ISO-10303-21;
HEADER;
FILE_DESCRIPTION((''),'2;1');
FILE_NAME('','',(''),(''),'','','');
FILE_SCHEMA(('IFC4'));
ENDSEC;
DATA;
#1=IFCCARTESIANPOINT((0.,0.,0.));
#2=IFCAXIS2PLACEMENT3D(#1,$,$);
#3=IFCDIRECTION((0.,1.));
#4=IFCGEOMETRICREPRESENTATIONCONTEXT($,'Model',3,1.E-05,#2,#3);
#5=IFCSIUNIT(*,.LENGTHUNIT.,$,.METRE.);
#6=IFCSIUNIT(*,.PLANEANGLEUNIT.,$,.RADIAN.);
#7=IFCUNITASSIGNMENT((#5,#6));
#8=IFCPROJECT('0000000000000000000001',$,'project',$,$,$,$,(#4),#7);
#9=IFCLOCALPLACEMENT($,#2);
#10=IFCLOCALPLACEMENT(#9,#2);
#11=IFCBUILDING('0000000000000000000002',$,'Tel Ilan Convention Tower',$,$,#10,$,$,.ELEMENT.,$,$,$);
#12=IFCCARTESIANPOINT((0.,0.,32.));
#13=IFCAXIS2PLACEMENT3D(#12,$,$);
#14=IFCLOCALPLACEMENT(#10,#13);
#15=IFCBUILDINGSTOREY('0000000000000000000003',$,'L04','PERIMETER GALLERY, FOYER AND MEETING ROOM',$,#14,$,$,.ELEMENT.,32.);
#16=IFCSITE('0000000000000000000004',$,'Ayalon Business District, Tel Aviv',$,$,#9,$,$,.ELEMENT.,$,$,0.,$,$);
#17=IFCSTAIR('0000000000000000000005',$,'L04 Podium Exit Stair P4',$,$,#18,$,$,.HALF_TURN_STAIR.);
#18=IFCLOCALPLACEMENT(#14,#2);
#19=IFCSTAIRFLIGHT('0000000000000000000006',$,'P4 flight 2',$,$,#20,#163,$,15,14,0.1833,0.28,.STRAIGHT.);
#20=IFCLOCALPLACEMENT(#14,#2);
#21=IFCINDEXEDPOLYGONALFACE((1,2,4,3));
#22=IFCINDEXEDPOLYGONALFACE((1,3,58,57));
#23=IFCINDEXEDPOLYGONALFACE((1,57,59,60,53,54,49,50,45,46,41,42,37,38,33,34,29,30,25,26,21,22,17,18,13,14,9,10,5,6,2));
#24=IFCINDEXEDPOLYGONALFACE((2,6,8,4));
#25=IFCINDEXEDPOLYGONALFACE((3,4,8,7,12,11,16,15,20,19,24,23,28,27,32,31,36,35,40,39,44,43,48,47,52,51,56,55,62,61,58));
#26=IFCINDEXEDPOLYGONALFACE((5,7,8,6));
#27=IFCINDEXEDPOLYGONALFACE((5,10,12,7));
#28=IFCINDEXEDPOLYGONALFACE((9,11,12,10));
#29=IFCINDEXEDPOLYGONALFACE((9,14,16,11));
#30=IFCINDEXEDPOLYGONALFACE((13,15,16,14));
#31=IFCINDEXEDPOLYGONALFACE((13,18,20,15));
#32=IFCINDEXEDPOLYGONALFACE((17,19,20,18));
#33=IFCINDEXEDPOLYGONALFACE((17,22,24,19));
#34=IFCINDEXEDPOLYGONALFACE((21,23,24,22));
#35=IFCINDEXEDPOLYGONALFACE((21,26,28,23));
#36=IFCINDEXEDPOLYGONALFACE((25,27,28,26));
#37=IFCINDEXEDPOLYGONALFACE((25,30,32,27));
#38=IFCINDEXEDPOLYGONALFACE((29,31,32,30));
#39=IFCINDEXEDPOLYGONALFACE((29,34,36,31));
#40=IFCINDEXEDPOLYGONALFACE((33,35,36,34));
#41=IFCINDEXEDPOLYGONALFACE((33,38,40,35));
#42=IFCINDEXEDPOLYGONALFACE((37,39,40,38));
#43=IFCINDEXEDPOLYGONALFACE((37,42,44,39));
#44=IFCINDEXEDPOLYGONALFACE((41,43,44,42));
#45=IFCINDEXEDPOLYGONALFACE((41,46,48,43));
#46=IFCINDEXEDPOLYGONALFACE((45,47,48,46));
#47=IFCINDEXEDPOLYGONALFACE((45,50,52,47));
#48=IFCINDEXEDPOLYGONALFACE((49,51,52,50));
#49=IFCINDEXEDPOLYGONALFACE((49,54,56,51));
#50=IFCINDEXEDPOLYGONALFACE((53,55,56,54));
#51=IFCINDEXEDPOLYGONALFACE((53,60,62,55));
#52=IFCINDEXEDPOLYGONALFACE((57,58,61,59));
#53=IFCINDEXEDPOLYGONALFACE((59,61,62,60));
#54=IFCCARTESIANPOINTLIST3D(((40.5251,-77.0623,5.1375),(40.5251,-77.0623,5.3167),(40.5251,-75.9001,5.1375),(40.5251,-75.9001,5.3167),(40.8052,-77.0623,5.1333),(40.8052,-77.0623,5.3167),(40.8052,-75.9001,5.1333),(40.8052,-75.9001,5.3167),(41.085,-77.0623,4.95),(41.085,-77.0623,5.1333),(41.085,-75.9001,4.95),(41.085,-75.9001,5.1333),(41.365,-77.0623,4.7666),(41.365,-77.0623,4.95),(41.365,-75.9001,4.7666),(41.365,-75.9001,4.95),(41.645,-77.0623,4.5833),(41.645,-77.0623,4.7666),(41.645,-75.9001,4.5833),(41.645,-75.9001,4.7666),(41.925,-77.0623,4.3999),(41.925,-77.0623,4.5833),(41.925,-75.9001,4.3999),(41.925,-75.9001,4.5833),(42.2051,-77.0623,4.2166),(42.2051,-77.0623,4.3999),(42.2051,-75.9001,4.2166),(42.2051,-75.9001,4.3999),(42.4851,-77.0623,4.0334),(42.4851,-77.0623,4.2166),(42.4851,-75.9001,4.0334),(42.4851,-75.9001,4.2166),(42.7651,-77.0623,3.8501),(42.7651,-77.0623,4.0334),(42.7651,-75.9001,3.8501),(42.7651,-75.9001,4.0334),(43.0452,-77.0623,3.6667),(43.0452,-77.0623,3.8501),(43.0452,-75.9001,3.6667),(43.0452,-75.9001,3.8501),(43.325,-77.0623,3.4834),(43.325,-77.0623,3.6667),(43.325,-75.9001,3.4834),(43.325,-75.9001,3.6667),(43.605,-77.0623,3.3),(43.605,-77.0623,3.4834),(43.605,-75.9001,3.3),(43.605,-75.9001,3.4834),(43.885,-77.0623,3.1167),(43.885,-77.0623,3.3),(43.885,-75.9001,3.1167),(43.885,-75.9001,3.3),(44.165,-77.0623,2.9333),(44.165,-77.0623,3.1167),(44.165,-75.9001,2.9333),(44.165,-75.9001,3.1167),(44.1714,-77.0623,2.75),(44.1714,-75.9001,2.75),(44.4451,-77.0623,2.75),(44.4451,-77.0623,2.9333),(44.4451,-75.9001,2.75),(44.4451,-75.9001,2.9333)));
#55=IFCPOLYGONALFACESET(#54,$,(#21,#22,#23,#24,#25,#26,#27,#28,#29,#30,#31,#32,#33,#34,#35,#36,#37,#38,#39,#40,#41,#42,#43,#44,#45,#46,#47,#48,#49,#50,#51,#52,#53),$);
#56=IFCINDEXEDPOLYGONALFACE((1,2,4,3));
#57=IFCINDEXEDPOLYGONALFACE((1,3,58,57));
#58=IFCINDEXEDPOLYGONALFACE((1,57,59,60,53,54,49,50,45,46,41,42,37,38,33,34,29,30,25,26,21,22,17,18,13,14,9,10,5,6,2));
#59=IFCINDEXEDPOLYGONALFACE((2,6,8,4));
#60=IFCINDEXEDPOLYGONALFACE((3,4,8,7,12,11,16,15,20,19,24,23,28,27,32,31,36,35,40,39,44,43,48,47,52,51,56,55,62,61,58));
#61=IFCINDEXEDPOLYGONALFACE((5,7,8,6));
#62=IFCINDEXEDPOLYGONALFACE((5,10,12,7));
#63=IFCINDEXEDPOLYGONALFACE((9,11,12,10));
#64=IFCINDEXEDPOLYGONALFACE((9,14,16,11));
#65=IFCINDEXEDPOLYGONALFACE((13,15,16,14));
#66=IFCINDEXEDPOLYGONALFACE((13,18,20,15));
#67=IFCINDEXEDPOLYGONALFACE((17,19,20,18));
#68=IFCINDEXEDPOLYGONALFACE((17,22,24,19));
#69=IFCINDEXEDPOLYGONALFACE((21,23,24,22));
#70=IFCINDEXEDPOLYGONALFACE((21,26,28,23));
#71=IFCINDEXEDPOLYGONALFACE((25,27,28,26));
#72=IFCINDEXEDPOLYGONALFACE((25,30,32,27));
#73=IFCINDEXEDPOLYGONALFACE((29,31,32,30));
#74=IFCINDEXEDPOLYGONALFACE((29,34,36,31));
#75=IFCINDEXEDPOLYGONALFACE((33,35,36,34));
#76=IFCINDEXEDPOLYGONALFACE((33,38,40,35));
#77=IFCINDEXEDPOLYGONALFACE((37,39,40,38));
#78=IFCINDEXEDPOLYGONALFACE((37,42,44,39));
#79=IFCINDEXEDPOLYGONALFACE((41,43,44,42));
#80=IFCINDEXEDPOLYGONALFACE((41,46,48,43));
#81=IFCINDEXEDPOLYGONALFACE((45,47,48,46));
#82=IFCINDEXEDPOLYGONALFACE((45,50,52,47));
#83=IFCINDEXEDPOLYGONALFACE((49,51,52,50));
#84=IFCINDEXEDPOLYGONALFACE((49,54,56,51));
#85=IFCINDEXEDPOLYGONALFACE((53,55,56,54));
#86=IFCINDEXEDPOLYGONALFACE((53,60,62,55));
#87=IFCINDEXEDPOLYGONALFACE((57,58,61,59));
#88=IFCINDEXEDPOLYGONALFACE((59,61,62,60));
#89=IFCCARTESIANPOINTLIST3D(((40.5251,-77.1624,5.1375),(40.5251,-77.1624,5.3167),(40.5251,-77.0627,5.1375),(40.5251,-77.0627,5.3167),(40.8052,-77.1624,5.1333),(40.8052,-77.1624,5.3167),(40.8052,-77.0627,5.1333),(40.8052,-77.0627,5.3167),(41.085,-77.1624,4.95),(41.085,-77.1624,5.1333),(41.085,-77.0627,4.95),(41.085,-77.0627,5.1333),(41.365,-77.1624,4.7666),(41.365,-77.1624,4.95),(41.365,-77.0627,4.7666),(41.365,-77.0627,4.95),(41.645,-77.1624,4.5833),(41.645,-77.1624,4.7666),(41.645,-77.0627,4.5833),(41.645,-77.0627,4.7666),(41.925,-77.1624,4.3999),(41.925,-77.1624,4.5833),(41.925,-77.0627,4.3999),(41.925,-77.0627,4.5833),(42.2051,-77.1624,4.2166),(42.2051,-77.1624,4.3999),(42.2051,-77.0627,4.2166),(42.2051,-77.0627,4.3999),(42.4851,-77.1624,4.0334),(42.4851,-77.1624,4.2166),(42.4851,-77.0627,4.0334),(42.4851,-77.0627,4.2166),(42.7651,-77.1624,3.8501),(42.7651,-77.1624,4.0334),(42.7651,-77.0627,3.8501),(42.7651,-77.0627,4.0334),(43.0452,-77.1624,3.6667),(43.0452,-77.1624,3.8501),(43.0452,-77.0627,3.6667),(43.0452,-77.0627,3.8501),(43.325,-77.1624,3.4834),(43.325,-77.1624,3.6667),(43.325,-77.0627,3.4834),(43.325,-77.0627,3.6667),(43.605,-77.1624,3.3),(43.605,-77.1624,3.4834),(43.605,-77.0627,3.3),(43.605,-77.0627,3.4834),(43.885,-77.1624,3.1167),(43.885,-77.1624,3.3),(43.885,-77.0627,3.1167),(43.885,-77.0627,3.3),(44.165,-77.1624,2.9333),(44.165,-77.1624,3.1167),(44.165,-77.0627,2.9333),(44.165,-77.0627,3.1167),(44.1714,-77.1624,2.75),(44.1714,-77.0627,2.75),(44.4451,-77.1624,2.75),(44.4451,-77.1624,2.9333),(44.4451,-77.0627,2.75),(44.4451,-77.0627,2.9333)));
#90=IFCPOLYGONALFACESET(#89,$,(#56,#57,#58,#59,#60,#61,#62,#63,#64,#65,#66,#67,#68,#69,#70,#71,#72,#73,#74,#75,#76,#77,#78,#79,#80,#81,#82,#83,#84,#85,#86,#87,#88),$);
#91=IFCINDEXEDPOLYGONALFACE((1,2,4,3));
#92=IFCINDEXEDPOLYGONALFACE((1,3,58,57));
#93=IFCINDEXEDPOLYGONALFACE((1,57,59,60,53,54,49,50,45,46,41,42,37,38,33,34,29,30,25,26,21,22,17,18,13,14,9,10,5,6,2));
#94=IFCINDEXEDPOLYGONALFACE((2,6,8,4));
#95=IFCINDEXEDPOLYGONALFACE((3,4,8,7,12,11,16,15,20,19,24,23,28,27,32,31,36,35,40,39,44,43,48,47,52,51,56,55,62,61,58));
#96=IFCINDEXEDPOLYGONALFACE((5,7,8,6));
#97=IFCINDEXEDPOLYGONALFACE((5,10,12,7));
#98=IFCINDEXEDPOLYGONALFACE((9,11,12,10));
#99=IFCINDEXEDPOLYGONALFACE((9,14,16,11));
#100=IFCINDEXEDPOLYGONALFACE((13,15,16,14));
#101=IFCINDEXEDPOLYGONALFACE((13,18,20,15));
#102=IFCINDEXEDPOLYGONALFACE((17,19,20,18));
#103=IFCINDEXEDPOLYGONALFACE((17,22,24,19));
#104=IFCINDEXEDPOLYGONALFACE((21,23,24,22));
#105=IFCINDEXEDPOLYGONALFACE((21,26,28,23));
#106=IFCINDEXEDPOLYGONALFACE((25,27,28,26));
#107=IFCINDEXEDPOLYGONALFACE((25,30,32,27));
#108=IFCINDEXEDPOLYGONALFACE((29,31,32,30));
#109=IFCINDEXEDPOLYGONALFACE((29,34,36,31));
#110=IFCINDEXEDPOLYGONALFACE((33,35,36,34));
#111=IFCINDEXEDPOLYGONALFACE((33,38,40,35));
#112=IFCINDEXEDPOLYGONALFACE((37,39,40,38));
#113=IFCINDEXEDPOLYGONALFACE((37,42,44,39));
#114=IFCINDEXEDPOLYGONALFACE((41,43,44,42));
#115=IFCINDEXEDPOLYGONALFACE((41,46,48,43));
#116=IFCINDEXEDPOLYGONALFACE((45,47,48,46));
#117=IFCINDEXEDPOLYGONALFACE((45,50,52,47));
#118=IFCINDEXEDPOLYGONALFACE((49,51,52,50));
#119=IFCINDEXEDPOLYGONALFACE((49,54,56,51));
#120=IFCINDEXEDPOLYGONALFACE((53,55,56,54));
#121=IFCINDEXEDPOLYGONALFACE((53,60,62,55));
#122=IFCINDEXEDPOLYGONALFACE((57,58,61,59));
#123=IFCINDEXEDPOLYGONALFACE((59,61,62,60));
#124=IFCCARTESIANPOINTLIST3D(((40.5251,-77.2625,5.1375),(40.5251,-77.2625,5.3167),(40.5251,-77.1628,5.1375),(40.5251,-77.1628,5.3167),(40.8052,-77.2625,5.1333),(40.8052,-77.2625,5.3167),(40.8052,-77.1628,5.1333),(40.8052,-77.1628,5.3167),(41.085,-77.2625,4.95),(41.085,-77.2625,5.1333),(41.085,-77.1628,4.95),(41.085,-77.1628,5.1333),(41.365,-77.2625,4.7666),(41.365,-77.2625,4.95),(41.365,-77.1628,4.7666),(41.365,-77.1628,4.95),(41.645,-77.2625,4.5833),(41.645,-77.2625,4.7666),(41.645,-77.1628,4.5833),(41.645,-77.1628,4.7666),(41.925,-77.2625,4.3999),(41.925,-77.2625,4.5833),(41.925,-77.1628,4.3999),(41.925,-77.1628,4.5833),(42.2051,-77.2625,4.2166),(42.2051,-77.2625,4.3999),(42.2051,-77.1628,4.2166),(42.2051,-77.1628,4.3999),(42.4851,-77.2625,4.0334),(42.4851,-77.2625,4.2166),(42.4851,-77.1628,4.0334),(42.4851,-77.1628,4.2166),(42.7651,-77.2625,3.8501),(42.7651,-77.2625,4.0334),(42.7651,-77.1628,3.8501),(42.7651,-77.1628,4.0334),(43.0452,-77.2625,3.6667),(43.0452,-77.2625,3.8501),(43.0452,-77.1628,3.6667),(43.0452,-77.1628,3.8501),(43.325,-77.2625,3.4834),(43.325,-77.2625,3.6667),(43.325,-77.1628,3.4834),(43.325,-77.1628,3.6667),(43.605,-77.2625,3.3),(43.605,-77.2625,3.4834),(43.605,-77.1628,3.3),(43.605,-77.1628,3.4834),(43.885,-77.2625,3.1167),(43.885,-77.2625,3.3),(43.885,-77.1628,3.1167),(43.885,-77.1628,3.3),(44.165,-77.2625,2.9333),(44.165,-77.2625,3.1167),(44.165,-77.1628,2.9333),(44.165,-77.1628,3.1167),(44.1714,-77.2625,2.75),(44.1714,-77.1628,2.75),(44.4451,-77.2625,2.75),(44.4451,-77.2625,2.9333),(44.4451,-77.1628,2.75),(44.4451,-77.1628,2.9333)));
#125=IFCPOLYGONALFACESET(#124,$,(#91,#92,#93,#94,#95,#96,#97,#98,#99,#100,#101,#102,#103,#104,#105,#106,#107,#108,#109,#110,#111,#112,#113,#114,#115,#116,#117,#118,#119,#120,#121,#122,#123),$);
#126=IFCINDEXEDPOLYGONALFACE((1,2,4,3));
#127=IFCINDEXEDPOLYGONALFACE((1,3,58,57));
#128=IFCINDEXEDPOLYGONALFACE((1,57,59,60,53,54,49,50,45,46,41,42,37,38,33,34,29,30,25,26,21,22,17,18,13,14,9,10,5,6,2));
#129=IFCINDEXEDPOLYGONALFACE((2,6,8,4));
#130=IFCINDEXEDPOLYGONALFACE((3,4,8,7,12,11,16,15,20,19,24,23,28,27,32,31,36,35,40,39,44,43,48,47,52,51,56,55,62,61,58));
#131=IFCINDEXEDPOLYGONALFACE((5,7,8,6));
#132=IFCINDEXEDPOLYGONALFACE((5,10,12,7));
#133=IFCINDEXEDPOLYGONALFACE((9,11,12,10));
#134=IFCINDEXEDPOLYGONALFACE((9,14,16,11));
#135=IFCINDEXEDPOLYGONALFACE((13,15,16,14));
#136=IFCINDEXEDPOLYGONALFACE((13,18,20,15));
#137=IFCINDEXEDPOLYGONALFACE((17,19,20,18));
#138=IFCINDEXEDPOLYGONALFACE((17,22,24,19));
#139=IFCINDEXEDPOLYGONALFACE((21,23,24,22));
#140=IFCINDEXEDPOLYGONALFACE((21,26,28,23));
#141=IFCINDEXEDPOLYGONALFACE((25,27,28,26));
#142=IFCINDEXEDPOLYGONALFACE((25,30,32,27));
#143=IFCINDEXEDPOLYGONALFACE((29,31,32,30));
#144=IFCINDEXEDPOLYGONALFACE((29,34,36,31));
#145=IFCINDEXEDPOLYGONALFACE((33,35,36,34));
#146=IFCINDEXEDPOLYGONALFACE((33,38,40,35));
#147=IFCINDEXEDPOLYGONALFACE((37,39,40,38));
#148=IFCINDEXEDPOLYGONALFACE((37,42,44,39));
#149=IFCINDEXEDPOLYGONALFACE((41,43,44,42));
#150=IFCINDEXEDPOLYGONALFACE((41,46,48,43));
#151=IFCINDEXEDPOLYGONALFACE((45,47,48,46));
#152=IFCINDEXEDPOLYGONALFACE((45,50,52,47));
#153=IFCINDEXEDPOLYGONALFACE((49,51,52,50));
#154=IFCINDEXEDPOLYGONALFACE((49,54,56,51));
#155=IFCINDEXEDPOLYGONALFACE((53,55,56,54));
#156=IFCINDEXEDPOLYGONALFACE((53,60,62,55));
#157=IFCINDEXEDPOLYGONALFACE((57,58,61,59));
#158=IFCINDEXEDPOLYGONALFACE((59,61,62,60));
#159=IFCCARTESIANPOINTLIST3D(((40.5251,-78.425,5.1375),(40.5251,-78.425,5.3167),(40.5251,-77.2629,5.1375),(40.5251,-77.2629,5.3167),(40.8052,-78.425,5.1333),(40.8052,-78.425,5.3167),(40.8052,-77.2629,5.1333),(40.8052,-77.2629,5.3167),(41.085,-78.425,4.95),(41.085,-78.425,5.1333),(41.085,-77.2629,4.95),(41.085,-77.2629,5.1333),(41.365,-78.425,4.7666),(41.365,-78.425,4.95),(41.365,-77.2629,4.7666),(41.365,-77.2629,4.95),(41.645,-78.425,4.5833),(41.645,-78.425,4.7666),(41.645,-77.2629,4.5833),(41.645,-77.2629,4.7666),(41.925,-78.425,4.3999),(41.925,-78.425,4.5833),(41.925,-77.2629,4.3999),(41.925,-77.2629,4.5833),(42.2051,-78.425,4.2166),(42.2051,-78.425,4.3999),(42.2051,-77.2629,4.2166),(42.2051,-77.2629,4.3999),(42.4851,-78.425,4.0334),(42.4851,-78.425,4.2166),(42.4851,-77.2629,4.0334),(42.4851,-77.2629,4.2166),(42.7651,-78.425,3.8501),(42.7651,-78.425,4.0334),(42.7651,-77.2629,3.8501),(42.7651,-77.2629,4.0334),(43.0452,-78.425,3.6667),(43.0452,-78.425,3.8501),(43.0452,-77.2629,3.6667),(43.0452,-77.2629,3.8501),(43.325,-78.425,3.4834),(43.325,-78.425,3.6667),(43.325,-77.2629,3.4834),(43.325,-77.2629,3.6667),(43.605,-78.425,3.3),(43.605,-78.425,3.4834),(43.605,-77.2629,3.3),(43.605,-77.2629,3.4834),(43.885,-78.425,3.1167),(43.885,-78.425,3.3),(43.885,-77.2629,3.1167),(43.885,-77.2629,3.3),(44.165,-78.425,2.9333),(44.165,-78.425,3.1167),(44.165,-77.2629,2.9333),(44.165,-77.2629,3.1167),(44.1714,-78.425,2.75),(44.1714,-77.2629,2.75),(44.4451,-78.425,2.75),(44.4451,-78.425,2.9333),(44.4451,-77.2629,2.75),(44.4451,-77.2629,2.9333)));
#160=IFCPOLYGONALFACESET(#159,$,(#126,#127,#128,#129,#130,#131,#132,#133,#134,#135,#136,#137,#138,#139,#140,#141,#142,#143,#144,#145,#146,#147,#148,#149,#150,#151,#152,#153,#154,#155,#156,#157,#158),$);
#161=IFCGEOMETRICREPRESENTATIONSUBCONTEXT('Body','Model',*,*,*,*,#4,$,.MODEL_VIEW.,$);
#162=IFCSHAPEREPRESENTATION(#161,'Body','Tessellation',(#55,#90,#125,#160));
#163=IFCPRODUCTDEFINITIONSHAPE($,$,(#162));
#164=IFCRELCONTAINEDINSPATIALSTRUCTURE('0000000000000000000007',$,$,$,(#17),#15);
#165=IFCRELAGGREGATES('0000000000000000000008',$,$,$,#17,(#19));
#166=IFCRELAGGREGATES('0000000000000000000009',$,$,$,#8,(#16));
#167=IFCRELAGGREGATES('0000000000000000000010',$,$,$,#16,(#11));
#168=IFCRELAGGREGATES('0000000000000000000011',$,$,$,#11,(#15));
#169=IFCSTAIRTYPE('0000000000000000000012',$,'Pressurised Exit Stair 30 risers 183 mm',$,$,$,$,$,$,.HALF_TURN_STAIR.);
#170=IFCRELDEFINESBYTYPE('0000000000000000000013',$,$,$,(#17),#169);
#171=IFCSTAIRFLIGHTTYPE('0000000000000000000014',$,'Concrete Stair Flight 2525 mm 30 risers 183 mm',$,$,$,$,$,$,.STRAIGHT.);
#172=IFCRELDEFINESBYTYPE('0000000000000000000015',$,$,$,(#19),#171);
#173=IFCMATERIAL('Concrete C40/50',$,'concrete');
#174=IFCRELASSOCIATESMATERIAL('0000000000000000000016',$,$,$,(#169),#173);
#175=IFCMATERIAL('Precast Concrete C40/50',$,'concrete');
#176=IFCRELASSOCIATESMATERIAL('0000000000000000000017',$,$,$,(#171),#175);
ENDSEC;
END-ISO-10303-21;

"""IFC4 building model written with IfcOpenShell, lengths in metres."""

from ifc_helpers import new_model, si_unit, direction, frame, origin, place, context, subcontext, project, spatial, polyline, outline, extrude, material, type_object, element, aggregate, save


model = new_model("IFC4")

# Units and contexts
model_context = context("Model", 3, precision=1e-05, world=origin(), true_north=direction((0.0, 1.0)))
body_context = subcontext(model_context, "Body", "Model", "MODEL_VIEW")
ifc_project = project(units=[si_unit("LENGTHUNIT", "METRE"), si_unit("PLANEANGLEUNIT", "RADIAN")], contexts=[model_context])

# Site, building, storey
site_placement = place(None, origin())
site = spatial("IfcSite", under=ifc_project, at=site_placement, Name="Ayalon Business District, Tel Aviv", CompositionType="ELEMENT", RefElevation=0.0)
building_placement = place(site_placement, origin())
building = spatial("IfcBuilding", under=site, at=building_placement, Name="Tel Ilan Convention Tower", CompositionType="ELEMENT")
storey_placement = place(building_placement, frame((0.0, 0.0, 32.0)))
storey = spatial("IfcBuildingStorey", under=building, at=storey_placement, Name="L04", Description="PERIMETER GALLERY, FOYER AND MEETING ROOM", CompositionType="ELEMENT", Elevation=32.0)

# Stair, stair flight
ifc_material_1 = material(Name="Concrete C40/50", Category="concrete")
stair_type = type_object("IfcStairType", Name="Pressurised Exit Stair 30 risers 183 mm", PredefinedType="HALF_TURN_STAIR", material=ifc_material_1)
stair_placement = place(storey_placement, origin())
stair = element("IfcStair", 1, at=stair_placement, inside=storey, type_object=stair_type, Name="L04 Podium Exit Stair P4", PredefinedType="HALF_TURN_STAIR")
ifc_material_2 = material(Name="Precast Concrete C40/50", Category="concrete")
stair_flight_type = type_object("IfcStairFlightType", Name="Concrete Stair Flight 2525 mm 30 risers 183 mm", PredefinedType="STRAIGHT", material=ifc_material_2)
stair_flight_1_placement = place(storey_placement, frame((44.4451, -77.1626, 2.75), z_axis=(0.0, 0.0, 1.0), x_axis=(-1.0, 0.0, 0.0)))
stair_flight_1 = element("IfcStairFlight", 2, at=stair_flight_1_placement, type_object=stair_flight_type, Name="P4 flight 2", NumberOfRisers=15, NumberOfTreads=14, PredefinedType="STRAIGHT", RiserHeight=0.1833, TreadLength=0.28, context=body_context, shape_type="SweptSolid", body=[
    extrude(outline(polyline([(0.0, 0.0), (0.0, 0.1833), (0.28, 0.1833), (0.28, 0.3667), (0.5601, 0.3667), (0.5601, 0.55), (0.8401, 0.55), (0.8401, 0.7334), (1.1201, 0.7334), (1.1201, 0.9167), (1.3999, 0.9167), (1.3999, 1.1001), (1.6799, 1.1001), (1.6799, 1.2834), (1.96, 1.2834), (1.96, 1.4666), (2.24, 1.4666), (2.24, 1.6499), (2.52, 1.6499), (2.52, 1.8333), (2.8, 1.8333), (2.8, 2.0166), (3.0801, 2.0166), (3.0801, 2.2), (3.3601, 2.2), (3.3601, 2.3833), (3.6399, 2.3833), (3.6399, 2.5667), (3.9199, 2.5667), (3.9199, 2.75), (3.9199, 2.3875), (0.2737, 0.0), (0.0, 0.0)])), frame((0.0, -0.1003, 0.0), z_axis=(0.0, -1.0, 0.0), x_axis=(1.0, 0.0, 0.0)), (0.0, 0.0, 1.0), 1.1621),
    extrude(outline(polyline([(0.0, 0.0), (0.0, 0.1833), (0.28, 0.1833), (0.28, 0.3667), (0.5601, 0.3667), (0.5601, 0.55), (0.8401, 0.55), (0.8401, 0.7334), (1.1201, 0.7334), (1.1201, 0.9167), (1.3999, 0.9167), (1.3999, 1.1001), (1.6799, 1.1001), (1.6799, 1.2834), (1.96, 1.2834), (1.96, 1.4666), (2.24, 1.4666), (2.24, 1.6499), (2.52, 1.6499), (2.52, 1.8333), (2.8, 1.8333), (2.8, 2.0166), (3.0801, 2.0166), (3.0801, 2.2), (3.3601, 2.2), (3.3601, 2.3833), (3.6399, 2.3833), (3.6399, 2.5667), (3.9199, 2.5667), (3.9199, 2.75), (3.9199, 2.3875), (0.2737, 0.0), (0.0, 0.0)])), frame((0.0, -0.0002, 0.0), z_axis=(0.0, -1.0, 0.0), x_axis=(1.0, 0.0, 0.0)), (0.0, 0.0, 1.0), 0.0996),
    extrude(outline(polyline([(0.0, 0.0), (0.0, 0.1833), (0.28, 0.1833), (0.28, 0.3667), (0.5601, 0.3667), (0.5601, 0.55), (0.8401, 0.55), (0.8401, 0.7334), (1.1201, 0.7334), (1.1201, 0.9167), (1.3999, 0.9167), (1.3999, 1.1001), (1.6799, 1.1001), (1.6799, 1.2834), (1.96, 1.2834), (1.96, 1.4666), (2.24, 1.4666), (2.24, 1.6499), (2.52, 1.6499), (2.52, 1.8333), (2.8, 1.8333), (2.8, 2.0166), (3.0801, 2.0166), (3.0801, 2.2), (3.3601, 2.2), (3.3601, 2.3833), (3.6399, 2.3833), (3.6399, 2.5667), (3.9199, 2.5667), (3.9199, 2.75), (3.9199, 2.3875), (0.2737, 0.0), (0.0, 0.0)])), frame((0.0, 0.0999, 0.0), z_axis=(0.0, -1.0, 0.0), x_axis=(1.0, 0.0, 0.0)), (0.0, 0.0, 1.0), 0.0996),
    extrude(outline(polyline([(0.0, 0.0), (0.0, 0.1833), (0.28, 0.1833), (0.28, 0.3667), (0.5601, 0.3667), (0.5601, 0.55), (0.8401, 0.55), (0.8401, 0.7334), (1.1201, 0.7334), (1.1201, 0.9167), (1.3999, 0.9167), (1.3999, 1.1001), (1.6799, 1.1001), (1.6799, 1.2834), (1.96, 1.2834), (1.96, 1.4666), (2.24, 1.4666), (2.24, 1.6499), (2.52, 1.6499), (2.52, 1.8333), (2.8, 1.8333), (2.8, 2.0166), (3.0801, 2.0166), (3.0801, 2.2), (3.3601, 2.2), (3.3601, 2.3833), (3.6399, 2.3833), (3.6399, 2.5667), (3.9199, 2.5667), (3.9199, 2.75), (3.9199, 2.3875), (0.2737, 0.0), (0.0, 0.0)])), frame((0.0, 1.2625, 0.0), z_axis=(0.0, -1.0, 0.0), x_axis=(1.0, 0.0, 0.0)), (0.0, 0.0, 1.0), 1.1621),
])
aggregate(stair, [stair_flight_1])

save(model, "model.ifc")
